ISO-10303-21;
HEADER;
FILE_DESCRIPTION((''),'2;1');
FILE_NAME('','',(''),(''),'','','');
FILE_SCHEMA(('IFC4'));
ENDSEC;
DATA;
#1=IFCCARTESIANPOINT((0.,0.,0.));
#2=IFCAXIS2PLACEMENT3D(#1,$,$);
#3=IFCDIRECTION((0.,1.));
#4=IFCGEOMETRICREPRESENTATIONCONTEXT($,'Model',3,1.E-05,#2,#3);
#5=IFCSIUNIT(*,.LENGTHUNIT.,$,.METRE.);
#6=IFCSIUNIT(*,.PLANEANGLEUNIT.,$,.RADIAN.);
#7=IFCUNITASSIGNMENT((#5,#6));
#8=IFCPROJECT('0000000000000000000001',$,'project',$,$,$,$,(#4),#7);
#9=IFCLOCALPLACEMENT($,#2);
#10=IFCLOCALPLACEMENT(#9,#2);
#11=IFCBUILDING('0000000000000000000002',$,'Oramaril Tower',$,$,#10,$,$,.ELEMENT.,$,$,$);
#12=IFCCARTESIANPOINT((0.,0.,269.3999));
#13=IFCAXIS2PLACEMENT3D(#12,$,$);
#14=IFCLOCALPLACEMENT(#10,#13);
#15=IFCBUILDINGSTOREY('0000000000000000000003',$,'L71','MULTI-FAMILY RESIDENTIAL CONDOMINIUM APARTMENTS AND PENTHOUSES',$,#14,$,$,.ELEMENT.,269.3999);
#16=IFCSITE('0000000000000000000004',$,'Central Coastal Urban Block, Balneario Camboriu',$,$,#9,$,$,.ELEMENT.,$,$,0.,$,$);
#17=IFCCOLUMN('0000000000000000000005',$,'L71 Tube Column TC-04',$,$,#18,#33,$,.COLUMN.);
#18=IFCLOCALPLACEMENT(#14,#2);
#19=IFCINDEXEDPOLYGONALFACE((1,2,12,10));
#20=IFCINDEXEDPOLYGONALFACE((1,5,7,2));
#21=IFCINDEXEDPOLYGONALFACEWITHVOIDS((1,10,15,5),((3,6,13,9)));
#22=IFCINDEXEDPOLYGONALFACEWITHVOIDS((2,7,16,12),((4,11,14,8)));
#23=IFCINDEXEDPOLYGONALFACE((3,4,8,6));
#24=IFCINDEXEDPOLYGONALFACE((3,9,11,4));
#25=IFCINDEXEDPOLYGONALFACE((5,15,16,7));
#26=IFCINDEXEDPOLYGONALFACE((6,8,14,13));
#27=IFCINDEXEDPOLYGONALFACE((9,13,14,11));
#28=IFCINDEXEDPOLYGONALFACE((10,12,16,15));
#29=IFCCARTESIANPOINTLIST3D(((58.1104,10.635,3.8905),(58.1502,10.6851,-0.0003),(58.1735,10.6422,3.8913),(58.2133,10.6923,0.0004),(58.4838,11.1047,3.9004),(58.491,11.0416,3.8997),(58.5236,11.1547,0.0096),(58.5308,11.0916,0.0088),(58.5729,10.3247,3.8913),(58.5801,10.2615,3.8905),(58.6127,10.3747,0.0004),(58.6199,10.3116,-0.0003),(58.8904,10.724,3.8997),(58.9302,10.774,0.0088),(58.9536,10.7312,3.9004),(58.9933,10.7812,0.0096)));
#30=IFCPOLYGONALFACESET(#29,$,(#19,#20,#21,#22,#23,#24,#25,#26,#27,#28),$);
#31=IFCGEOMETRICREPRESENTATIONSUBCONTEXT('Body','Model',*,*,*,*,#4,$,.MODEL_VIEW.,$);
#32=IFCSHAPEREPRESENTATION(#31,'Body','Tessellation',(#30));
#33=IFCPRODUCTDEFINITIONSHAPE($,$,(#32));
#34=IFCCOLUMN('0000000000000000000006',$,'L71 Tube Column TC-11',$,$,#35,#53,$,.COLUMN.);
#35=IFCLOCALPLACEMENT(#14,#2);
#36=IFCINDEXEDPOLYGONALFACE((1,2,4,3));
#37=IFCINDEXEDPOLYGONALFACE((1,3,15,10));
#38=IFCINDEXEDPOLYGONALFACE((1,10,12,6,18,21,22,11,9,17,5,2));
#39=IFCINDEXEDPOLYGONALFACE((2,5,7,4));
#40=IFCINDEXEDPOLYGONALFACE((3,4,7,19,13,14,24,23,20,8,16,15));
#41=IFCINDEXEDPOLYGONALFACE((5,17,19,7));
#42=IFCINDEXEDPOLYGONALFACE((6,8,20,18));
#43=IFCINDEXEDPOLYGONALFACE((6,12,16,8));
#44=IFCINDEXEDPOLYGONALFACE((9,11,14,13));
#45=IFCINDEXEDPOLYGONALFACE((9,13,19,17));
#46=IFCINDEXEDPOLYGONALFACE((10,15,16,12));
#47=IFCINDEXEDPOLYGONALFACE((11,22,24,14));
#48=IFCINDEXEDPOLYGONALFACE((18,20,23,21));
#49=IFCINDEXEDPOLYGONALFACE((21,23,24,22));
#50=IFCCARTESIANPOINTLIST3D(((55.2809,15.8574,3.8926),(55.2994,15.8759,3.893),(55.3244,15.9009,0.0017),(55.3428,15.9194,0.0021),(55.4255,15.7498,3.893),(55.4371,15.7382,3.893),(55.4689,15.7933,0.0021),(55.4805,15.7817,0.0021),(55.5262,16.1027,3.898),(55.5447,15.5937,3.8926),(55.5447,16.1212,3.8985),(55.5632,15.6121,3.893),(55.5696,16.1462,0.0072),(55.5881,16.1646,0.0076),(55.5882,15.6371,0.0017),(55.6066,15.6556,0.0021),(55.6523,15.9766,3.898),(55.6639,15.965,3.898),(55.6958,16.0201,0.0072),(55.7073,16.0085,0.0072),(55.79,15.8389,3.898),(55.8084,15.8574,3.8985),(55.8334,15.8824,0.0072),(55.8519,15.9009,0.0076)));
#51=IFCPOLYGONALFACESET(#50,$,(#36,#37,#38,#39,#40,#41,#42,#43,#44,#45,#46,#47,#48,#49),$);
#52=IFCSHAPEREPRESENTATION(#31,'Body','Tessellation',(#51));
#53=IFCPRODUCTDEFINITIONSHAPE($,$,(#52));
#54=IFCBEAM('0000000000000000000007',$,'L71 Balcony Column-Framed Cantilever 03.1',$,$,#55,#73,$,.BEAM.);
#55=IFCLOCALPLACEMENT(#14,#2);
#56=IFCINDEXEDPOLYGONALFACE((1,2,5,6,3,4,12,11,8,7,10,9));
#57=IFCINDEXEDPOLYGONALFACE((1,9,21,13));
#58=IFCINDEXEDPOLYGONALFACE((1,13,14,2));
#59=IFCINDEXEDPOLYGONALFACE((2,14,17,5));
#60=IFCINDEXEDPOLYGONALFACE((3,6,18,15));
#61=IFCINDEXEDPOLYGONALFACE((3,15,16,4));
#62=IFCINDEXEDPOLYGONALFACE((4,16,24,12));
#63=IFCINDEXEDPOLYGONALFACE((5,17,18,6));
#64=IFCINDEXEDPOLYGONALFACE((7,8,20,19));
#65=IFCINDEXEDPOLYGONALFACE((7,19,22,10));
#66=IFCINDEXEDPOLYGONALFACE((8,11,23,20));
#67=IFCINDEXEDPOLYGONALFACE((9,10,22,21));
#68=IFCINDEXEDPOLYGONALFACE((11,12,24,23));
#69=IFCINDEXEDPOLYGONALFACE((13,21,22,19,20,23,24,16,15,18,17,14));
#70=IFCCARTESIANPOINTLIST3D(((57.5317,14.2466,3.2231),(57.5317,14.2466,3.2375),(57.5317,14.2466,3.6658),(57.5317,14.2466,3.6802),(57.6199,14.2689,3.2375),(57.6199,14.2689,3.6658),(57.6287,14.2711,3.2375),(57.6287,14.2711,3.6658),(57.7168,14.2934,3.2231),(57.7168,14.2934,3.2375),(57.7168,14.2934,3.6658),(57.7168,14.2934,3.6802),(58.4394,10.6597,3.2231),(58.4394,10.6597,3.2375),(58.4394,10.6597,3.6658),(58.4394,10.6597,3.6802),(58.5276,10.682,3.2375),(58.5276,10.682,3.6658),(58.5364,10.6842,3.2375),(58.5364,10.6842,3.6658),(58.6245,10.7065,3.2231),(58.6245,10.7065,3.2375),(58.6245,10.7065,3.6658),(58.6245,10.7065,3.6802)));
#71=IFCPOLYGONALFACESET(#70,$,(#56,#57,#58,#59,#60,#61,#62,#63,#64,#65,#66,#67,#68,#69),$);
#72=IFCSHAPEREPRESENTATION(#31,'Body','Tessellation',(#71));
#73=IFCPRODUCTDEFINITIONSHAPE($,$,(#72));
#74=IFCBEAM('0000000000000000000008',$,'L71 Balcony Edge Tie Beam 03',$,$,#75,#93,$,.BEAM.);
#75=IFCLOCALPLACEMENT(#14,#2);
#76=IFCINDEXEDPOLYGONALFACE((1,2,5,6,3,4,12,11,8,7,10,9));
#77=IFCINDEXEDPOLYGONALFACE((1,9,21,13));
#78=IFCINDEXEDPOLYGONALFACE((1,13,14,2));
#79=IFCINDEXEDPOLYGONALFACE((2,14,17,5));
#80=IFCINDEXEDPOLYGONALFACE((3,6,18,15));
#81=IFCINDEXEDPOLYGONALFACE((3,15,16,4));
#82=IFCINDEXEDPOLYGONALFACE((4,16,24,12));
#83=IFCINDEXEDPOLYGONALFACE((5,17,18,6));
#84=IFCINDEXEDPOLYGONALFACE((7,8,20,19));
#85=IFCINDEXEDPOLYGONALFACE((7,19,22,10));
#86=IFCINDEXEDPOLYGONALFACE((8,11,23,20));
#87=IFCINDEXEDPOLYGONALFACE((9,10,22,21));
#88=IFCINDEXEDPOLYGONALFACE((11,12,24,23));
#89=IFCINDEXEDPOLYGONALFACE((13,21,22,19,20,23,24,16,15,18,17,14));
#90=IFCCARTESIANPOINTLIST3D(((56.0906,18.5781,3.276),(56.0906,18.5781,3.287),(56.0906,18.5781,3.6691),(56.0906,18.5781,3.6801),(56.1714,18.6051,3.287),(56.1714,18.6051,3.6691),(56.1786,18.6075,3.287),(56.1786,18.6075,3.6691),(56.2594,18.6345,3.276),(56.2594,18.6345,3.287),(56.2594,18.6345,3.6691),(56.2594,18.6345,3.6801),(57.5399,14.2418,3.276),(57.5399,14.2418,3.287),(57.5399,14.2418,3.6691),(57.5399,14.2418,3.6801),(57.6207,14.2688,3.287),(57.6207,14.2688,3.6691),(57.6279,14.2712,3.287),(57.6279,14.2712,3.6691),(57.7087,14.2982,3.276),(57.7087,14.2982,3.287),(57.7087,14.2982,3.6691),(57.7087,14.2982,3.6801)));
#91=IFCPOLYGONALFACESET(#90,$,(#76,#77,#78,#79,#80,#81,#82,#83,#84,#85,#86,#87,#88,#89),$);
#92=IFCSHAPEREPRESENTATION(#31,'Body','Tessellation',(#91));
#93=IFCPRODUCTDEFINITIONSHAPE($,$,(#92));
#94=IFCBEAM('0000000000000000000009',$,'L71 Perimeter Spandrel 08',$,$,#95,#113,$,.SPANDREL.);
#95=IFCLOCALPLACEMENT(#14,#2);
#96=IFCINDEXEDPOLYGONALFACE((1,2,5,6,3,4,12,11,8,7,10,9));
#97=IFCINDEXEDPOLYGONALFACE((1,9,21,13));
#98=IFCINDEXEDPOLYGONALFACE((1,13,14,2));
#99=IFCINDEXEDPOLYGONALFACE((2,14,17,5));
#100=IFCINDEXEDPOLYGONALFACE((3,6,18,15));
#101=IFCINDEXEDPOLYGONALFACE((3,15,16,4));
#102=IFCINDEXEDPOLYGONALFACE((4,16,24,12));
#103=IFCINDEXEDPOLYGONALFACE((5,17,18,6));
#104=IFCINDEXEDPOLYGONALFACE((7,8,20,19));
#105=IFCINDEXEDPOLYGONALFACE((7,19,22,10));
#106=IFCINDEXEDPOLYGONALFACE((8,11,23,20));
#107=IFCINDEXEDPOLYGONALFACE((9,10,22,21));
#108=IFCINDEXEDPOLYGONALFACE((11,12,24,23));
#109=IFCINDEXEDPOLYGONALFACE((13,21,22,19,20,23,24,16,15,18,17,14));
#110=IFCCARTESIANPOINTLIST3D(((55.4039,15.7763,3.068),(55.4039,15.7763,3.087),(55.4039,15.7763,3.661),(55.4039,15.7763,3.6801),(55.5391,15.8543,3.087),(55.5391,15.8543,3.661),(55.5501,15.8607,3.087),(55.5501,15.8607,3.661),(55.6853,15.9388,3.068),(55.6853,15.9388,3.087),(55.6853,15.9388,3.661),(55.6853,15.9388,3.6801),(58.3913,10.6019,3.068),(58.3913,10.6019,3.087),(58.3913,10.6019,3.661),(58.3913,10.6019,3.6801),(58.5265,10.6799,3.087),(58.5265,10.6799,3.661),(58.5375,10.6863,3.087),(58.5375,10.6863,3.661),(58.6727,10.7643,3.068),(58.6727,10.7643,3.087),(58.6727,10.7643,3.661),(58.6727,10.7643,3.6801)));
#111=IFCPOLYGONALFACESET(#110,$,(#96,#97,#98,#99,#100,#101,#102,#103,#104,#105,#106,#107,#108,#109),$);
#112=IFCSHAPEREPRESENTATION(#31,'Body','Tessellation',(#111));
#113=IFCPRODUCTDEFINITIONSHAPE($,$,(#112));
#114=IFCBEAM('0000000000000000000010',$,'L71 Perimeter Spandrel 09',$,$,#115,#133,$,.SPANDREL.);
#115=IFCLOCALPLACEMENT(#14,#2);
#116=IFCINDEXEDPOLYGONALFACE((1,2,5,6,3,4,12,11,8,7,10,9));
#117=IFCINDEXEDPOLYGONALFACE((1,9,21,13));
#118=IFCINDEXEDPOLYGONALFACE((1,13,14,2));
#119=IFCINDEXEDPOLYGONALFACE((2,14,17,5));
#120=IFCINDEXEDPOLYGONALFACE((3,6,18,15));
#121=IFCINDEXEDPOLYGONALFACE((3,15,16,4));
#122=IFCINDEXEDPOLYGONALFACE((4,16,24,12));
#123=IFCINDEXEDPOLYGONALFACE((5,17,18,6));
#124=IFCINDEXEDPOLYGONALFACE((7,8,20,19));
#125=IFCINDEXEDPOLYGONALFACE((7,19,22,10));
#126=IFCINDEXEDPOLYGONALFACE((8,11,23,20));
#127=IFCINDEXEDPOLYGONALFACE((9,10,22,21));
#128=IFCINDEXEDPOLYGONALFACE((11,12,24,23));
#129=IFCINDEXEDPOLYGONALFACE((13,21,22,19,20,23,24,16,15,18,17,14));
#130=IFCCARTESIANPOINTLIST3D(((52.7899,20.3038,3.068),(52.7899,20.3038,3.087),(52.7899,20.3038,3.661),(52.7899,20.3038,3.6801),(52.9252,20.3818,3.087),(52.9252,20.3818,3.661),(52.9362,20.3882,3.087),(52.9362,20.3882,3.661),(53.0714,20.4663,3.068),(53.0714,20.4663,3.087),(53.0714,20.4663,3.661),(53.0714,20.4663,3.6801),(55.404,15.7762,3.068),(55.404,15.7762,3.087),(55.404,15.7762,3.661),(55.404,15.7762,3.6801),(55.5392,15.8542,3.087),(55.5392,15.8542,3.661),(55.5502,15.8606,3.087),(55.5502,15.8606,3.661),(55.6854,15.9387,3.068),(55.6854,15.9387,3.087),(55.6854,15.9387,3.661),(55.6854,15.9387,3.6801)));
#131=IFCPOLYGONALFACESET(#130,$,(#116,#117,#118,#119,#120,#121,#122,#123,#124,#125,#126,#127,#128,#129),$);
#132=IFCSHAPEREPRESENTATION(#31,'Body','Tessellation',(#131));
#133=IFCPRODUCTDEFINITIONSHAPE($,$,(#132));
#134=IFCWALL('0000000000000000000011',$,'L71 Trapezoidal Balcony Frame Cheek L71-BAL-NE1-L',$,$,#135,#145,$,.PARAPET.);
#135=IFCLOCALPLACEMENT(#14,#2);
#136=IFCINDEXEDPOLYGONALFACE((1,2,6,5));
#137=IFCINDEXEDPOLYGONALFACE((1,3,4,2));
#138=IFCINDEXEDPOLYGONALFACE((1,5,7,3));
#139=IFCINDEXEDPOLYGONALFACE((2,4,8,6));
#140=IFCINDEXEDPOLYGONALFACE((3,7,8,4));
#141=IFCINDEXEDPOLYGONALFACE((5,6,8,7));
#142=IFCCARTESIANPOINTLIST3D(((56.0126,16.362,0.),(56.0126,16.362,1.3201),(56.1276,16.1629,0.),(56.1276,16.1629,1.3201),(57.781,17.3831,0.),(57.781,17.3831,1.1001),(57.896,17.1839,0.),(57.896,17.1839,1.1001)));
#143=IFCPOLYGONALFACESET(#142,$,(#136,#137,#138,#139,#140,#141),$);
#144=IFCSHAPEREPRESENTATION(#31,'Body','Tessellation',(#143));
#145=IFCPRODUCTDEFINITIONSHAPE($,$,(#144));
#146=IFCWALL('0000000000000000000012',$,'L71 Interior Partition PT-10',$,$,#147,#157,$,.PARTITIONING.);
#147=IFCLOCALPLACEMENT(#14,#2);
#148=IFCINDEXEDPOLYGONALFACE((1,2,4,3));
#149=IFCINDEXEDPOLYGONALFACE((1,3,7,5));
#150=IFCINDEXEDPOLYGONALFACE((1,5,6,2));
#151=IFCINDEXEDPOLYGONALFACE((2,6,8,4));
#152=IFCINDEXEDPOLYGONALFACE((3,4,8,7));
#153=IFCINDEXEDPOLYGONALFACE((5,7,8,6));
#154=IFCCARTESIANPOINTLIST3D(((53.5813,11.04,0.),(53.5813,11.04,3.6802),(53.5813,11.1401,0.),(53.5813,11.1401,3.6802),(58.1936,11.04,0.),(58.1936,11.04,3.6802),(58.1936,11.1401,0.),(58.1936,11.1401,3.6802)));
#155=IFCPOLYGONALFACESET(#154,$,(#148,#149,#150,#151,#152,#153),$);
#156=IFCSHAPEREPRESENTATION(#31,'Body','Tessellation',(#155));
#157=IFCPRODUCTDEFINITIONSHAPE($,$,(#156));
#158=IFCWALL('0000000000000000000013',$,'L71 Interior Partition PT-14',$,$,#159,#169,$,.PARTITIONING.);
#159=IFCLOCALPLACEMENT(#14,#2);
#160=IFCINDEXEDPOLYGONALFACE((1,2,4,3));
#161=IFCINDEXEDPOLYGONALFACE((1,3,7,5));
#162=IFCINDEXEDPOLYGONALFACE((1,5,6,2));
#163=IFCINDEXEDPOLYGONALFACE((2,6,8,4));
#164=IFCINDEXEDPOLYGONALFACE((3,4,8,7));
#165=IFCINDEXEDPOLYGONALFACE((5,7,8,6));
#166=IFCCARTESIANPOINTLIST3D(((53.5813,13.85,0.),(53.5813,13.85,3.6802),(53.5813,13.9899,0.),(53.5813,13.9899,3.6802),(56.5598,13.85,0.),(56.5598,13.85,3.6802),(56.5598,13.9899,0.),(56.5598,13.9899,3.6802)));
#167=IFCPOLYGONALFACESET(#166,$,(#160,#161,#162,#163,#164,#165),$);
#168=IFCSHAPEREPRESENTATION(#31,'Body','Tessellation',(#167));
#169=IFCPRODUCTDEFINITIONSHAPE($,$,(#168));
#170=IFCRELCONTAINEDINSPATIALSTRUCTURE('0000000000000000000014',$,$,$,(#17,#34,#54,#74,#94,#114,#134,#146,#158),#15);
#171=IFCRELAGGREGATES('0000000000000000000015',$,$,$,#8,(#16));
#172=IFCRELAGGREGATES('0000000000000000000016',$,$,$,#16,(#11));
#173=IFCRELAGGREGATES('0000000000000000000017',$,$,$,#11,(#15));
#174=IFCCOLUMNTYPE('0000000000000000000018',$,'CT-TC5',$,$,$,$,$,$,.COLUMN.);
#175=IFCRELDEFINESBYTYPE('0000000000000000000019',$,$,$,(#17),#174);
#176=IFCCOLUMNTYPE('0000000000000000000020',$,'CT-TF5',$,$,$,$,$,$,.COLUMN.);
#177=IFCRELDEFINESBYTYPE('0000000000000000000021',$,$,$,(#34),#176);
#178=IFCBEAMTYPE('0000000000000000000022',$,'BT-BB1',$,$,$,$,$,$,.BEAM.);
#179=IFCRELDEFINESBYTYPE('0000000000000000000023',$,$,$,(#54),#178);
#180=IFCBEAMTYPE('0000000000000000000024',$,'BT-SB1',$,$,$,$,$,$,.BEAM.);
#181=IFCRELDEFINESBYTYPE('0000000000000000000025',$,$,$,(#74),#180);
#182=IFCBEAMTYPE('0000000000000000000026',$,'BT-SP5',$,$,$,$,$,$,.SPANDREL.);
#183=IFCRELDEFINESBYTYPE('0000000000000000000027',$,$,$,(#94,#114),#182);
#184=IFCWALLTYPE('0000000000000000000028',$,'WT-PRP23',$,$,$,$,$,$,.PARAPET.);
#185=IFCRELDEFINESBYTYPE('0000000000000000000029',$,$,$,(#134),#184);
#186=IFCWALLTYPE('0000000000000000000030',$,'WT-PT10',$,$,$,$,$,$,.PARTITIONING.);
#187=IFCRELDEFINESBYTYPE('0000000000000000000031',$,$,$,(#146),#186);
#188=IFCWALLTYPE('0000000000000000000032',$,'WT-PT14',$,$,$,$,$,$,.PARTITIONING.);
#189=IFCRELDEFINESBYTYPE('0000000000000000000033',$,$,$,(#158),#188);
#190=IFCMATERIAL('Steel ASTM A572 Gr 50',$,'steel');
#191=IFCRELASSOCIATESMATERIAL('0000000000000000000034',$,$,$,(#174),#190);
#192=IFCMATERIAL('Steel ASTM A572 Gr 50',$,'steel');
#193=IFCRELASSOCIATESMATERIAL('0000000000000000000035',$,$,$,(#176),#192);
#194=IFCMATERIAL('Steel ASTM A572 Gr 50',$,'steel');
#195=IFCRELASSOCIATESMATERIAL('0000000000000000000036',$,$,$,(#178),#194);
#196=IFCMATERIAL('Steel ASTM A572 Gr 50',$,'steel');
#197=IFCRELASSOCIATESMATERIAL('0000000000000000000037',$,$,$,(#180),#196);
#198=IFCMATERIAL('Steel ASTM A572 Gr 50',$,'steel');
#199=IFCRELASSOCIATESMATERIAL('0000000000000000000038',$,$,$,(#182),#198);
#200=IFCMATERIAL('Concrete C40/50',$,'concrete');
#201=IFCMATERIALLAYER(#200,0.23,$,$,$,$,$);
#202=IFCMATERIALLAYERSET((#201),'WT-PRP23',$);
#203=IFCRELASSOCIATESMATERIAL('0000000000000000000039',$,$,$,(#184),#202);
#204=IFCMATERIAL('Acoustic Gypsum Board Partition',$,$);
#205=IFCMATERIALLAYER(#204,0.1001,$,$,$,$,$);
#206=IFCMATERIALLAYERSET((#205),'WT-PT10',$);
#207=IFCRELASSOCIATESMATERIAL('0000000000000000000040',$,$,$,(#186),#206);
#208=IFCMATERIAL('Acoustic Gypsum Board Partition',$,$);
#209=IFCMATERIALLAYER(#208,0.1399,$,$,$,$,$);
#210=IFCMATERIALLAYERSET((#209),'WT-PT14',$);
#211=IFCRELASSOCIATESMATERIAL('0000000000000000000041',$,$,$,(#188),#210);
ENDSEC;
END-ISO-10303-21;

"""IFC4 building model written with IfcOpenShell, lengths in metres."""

from ifc_helpers import new_model, si_unit, direction, frame, frame_2d, origin, origin_2d, place, context, subcontext, project, spatial, polyline, rectangle, hollow_rectangle, i_section, outline, extrude, material, layer, layer_set, material_profile, profile_set, type_object, element, save


model = new_model("IFC4")

# Units and contexts
model_context = context("Model", 3, precision=1e-05, world=origin(), true_north=direction((0.0, 1.0)))
body_context = subcontext(model_context, "Body", "Model", "MODEL_VIEW")
ifc_project = project(units=[si_unit("LENGTHUNIT", "METRE"), si_unit("PLANEANGLEUNIT", "RADIAN")], contexts=[model_context])

# Site, building, storey
site_placement = place(None, origin())
site = spatial("IfcSite", under=ifc_project, at=site_placement, Name="Central Coastal Urban Block, Balneario Camboriu", CompositionType="ELEMENT", RefElevation=0.0)
building_placement = place(site_placement, origin())
building = spatial("IfcBuilding", under=site, at=building_placement, Name="Oramaril Tower", CompositionType="ELEMENT")
storey_placement = place(building_placement, frame((0.0, 0.0, 269.3999)))
storey = spatial("IfcBuildingStorey", under=building, at=storey_placement, Name="L71", Description="MULTI-FAMILY RESIDENTIAL CONDOMINIUM APARTMENTS AND PENTHOUSES", CompositionType="ELEMENT", Elevation=269.3999)

# Columns
ifc_material_1 = material(Name="Steel ASTM A572 Gr 50", Category="steel")
ifc_material_profile_1 = material_profile(ifc_material_1, hollow_rectangle(XDim=0.6001, YDim=0.6001, WallThickness=0.0449, at=origin_2d()), Name="BOX600X600X45")
ifc_profile_set_1 = profile_set([ifc_material_profile_1], Name="Steel ASTM A572 Gr 50")
column_type_1 = type_object("IfcColumnType", Name="CT-TC5", PredefinedType="COLUMN", material=ifc_profile_set_1)
column_1_placement = place(storey_placement, frame((58.5718, 10.7332, 0.0046), z_axis=(-0.010226, -0.012861, 0.999865), x_axis=(0.782728, -0.622364, 0.0)))
element("IfcColumn", 1, at=column_1_placement, inside=storey, type_object=column_type_1, Name="L71 Tube Column TC-04", PredefinedType="COLUMN", context=body_context, shape_type="SweptSolid", body=[
    extrude(hollow_rectangle(XDim=0.6001, YDim=0.6001, WallThickness=0.0449, at=origin_2d()), origin(), (0.0, 0.0, 1.0), 3.8914),
])
ifc_material_2 = material(Name="Steel ASTM A572 Gr 50", Category="steel")
ifc_material_profile_2 = material_profile(ifc_material_2, i_section(OverallWidth=0.373, OverallDepth=0.373, WebThickness=0.0164, FlangeThickness=0.0261, at=origin_2d()), Name="W14X132")
ifc_profile_set_2 = profile_set([ifc_material_profile_2], Name="Steel ASTM A572 Gr 50")
column_type_2 = type_object("IfcColumnType", Name="CT-TF5", PredefinedType="COLUMN", material=ifc_profile_set_2)
column_2_placement = place(storey_placement, frame((55.5881, 15.9009, 0.0046), z_axis=(-0.011168, -0.011168, 0.999875), x_axis=(0.707107, -0.707107, 0.0)))
element("IfcColumn", 2, at=column_2_placement, inside=storey, type_object=column_type_2, Name="L71 Tube Column TC-11", PredefinedType="COLUMN", context=body_context, shape_type="SweptSolid", body=[
    extrude(i_section(OverallWidth=0.373, OverallDepth=0.373, WebThickness=0.0164, FlangeThickness=0.0261, at=origin_2d()), origin(), (0.0, 0.0, 1.0), 3.8914),
])

# Beams
ifc_material_3 = material(Name="Steel ASTM A572 Gr 50", Category="steel")
ifc_material_profile_3 = material_profile(ifc_material_3, i_section(OverallWidth=0.1909, OverallDepth=0.457, WebThickness=0.009, FlangeThickness=0.0144, at=origin_2d()), Name="W18X50")
ifc_profile_set_3 = profile_set([ifc_material_profile_3], Name="Steel ASTM A572 Gr 50")
beam_type_1 = type_object("IfcBeamType", Name="BT-BB1", PredefinedType="BEAM", material=ifc_profile_set_3)
beam_1_placement = place(storey_placement, frame((58.532, 10.6831, 3.4517), z_axis=(-0.245329, 0.96944, 0.0), x_axis=(-0.96944, -0.245329, 0.0)))
element("IfcBeam", 3, at=beam_1_placement, inside=storey, type_object=beam_type_1, Name="L71 Balcony Column-Framed Cantilever 03.1", PredefinedType="BEAM", context=body_context, shape_type="SweptSolid", body=[
    extrude(i_section(OverallWidth=0.1909, OverallDepth=0.457, WebThickness=0.009, FlangeThickness=0.0144, at=origin_2d()), origin(), (0.0, 0.0, 1.0), 3.7),
])
ifc_material_4 = material(Name="Steel ASTM A572 Gr 50", Category="steel")
ifc_material_profile_4 = material_profile(ifc_material_4, i_section(OverallWidth=0.178, OverallDepth=0.4041, WebThickness=0.0076, FlangeThickness=0.011, at=origin_2d()), Name="W16X36")
ifc_profile_set_4 = profile_set([ifc_material_profile_4], Name="Steel ASTM A572 Gr 50")
beam_type_2 = type_object("IfcBeamType", Name="BT-SB1", PredefinedType="BEAM", material=ifc_profile_set_4)
beam_2_placement = place(storey_placement, frame((57.6243, 14.27, 3.478), z_axis=(-0.316981, 0.948432, 0.0), x_axis=(-0.948432, -0.316981, 0.0)))
element("IfcBeam", 4, at=beam_2_placement, inside=storey, type_object=beam_type_2, Name="L71 Balcony Edge Tie Beam 03", PredefinedType="BEAM", context=body_context, shape_type="SweptSolid", body=[
    extrude(i_section(OverallWidth=0.178, OverallDepth=0.4041, WebThickness=0.0076, FlangeThickness=0.011, at=origin_2d()), origin(), (0.0, 0.0, 1.0), 4.572),
])
ifc_material_5 = material(Name="Steel ASTM A572 Gr 50", Category="steel")
ifc_material_profile_5 = material_profile(ifc_material_5, i_section(OverallWidth=0.325, OverallDepth=0.6121, WebThickness=0.0127, FlangeThickness=0.019, at=origin_2d()), Name="W24X104")
ifc_profile_set_5 = profile_set([ifc_material_profile_5], Name="Steel ASTM A572 Gr 50")
beam_type_3 = type_object("IfcBeamType", Name="BT-SP5", PredefinedType="SPANDREL", material=ifc_profile_set_5)
beam_3_placement = place(storey_placement, frame((58.532, 10.6831, 3.374), z_axis=(-0.499989, 0.866032, 0.0), x_axis=(-0.866032, -0.499989, 0.0)))
element("IfcBeam", 5, at=beam_3_placement, inside=storey, type_object=beam_type_3, Name="L71 Perimeter Spandrel 08", PredefinedType="SPANDREL", context=body_context, shape_type="SweptSolid", body=[
    extrude(i_section(OverallWidth=0.325, OverallDepth=0.6121, WebThickness=0.0127, FlangeThickness=0.019, at=origin_2d()), origin(), (0.0, 0.0, 1.0), 5.9749),
])
beam_4_placement = place(storey_placement, frame((55.5447, 15.8574, 3.374), z_axis=(-0.500001, 0.866025, 0.0), x_axis=(-0.866025, -0.500001, 0.0)))
element("IfcBeam", 6, at=beam_4_placement, inside=storey, type_object=beam_type_3, Name="L71 Perimeter Spandrel 09", PredefinedType="SPANDREL", context=body_context, shape_type="SweptSolid", body=[
    extrude(i_section(OverallWidth=0.325, OverallDepth=0.6121, WebThickness=0.0127, FlangeThickness=0.019, at=origin_2d()), origin(), (0.0, 0.0, 1.0), 5.228),
])

# Walls
ifc_material_6 = material(Name="Concrete C40/50", Category="concrete")
ifc_layer_1 = layer(ifc_material_6, 0.23)
ifc_layer_set_1 = layer_set([ifc_layer_1], Name="WT-PRP23")
wall_type_1 = type_object("IfcWallType", Name="WT-PRP23", PredefinedType="PARAPET", material=ifc_layer_set_1)
wall_1_placement = place(storey_placement, frame((56.0701, 16.2625, 0.0), z_axis=(0.0, 0.0, 1.0), x_axis=(0.866012, 0.500023, 0.0)))
element("IfcWall", 7, at=wall_1_placement, inside=storey, type_object=wall_type_1, Name="L71 Trapezoidal Balcony Frame Cheek L71-BAL-NE1-L", PredefinedType="PARAPET", context=body_context, shape_type="SweptSolid", body=[
    extrude(outline(polyline([(0.0, 0.0), (2.042, 0.0), (2.042, 1.1001), (0.0, 1.3201), (0.0, 0.0)])), frame((0.0, 0.115, 0.0), z_axis=(0.0, -1.0, 0.0), x_axis=(1.0, 0.0, 0.0)), (0.0, 0.0, 1.0), 0.23),
])
ifc_material_7 = material(Name="Acoustic Gypsum Board Partition")
ifc_layer_2 = layer(ifc_material_7, 0.1001)
ifc_layer_set_2 = layer_set([ifc_layer_2], Name="WT-PT10")
wall_type_2 = type_object("IfcWallType", Name="WT-PT10", PredefinedType="PARTITIONING", material=ifc_layer_set_2)
wall_2_placement = place(storey_placement, frame((53.5813, 11.0901, 0.0), z_axis=(0.0, 0.0, 1.0), x_axis=(1.0, 0.0, 0.0)))
element("IfcWall", 8, at=wall_2_placement, inside=storey, type_object=wall_type_2, Name="L71 Interior Partition PT-10", PredefinedType="PARTITIONING", context=body_context, shape_type="SweptSolid", body=[
    extrude(rectangle(XDim=4.6123, YDim=0.1001, at=frame_2d((2.3062, 0.0))), origin(), (0.0, 0.0, 1.0), 3.6802),
])
ifc_material_8 = material(Name="Acoustic Gypsum Board Partition")
ifc_layer_3 = layer(ifc_material_8, 0.1399)
ifc_layer_set_3 = layer_set([ifc_layer_3], Name="WT-PT14")
wall_type_3 = type_object("IfcWallType", Name="WT-PT14", PredefinedType="PARTITIONING", material=ifc_layer_set_3)
wall_3_placement = place(storey_placement, frame((53.5813, 13.9199, 0.0), z_axis=(0.0, 0.0, 1.0), x_axis=(1.0, 0.0, 0.0)))
element("IfcWall", 9, at=wall_3_placement, inside=storey, type_object=wall_type_3, Name="L71 Interior Partition PT-14", PredefinedType="PARTITIONING", context=body_context, shape_type="SweptSolid", body=[
    extrude(rectangle(XDim=2.9785, YDim=0.1399, at=frame_2d((1.4893, 0.0))), origin(), (0.0, 0.0, 1.0), 3.6802),
])

save(model, "model.ifc")
